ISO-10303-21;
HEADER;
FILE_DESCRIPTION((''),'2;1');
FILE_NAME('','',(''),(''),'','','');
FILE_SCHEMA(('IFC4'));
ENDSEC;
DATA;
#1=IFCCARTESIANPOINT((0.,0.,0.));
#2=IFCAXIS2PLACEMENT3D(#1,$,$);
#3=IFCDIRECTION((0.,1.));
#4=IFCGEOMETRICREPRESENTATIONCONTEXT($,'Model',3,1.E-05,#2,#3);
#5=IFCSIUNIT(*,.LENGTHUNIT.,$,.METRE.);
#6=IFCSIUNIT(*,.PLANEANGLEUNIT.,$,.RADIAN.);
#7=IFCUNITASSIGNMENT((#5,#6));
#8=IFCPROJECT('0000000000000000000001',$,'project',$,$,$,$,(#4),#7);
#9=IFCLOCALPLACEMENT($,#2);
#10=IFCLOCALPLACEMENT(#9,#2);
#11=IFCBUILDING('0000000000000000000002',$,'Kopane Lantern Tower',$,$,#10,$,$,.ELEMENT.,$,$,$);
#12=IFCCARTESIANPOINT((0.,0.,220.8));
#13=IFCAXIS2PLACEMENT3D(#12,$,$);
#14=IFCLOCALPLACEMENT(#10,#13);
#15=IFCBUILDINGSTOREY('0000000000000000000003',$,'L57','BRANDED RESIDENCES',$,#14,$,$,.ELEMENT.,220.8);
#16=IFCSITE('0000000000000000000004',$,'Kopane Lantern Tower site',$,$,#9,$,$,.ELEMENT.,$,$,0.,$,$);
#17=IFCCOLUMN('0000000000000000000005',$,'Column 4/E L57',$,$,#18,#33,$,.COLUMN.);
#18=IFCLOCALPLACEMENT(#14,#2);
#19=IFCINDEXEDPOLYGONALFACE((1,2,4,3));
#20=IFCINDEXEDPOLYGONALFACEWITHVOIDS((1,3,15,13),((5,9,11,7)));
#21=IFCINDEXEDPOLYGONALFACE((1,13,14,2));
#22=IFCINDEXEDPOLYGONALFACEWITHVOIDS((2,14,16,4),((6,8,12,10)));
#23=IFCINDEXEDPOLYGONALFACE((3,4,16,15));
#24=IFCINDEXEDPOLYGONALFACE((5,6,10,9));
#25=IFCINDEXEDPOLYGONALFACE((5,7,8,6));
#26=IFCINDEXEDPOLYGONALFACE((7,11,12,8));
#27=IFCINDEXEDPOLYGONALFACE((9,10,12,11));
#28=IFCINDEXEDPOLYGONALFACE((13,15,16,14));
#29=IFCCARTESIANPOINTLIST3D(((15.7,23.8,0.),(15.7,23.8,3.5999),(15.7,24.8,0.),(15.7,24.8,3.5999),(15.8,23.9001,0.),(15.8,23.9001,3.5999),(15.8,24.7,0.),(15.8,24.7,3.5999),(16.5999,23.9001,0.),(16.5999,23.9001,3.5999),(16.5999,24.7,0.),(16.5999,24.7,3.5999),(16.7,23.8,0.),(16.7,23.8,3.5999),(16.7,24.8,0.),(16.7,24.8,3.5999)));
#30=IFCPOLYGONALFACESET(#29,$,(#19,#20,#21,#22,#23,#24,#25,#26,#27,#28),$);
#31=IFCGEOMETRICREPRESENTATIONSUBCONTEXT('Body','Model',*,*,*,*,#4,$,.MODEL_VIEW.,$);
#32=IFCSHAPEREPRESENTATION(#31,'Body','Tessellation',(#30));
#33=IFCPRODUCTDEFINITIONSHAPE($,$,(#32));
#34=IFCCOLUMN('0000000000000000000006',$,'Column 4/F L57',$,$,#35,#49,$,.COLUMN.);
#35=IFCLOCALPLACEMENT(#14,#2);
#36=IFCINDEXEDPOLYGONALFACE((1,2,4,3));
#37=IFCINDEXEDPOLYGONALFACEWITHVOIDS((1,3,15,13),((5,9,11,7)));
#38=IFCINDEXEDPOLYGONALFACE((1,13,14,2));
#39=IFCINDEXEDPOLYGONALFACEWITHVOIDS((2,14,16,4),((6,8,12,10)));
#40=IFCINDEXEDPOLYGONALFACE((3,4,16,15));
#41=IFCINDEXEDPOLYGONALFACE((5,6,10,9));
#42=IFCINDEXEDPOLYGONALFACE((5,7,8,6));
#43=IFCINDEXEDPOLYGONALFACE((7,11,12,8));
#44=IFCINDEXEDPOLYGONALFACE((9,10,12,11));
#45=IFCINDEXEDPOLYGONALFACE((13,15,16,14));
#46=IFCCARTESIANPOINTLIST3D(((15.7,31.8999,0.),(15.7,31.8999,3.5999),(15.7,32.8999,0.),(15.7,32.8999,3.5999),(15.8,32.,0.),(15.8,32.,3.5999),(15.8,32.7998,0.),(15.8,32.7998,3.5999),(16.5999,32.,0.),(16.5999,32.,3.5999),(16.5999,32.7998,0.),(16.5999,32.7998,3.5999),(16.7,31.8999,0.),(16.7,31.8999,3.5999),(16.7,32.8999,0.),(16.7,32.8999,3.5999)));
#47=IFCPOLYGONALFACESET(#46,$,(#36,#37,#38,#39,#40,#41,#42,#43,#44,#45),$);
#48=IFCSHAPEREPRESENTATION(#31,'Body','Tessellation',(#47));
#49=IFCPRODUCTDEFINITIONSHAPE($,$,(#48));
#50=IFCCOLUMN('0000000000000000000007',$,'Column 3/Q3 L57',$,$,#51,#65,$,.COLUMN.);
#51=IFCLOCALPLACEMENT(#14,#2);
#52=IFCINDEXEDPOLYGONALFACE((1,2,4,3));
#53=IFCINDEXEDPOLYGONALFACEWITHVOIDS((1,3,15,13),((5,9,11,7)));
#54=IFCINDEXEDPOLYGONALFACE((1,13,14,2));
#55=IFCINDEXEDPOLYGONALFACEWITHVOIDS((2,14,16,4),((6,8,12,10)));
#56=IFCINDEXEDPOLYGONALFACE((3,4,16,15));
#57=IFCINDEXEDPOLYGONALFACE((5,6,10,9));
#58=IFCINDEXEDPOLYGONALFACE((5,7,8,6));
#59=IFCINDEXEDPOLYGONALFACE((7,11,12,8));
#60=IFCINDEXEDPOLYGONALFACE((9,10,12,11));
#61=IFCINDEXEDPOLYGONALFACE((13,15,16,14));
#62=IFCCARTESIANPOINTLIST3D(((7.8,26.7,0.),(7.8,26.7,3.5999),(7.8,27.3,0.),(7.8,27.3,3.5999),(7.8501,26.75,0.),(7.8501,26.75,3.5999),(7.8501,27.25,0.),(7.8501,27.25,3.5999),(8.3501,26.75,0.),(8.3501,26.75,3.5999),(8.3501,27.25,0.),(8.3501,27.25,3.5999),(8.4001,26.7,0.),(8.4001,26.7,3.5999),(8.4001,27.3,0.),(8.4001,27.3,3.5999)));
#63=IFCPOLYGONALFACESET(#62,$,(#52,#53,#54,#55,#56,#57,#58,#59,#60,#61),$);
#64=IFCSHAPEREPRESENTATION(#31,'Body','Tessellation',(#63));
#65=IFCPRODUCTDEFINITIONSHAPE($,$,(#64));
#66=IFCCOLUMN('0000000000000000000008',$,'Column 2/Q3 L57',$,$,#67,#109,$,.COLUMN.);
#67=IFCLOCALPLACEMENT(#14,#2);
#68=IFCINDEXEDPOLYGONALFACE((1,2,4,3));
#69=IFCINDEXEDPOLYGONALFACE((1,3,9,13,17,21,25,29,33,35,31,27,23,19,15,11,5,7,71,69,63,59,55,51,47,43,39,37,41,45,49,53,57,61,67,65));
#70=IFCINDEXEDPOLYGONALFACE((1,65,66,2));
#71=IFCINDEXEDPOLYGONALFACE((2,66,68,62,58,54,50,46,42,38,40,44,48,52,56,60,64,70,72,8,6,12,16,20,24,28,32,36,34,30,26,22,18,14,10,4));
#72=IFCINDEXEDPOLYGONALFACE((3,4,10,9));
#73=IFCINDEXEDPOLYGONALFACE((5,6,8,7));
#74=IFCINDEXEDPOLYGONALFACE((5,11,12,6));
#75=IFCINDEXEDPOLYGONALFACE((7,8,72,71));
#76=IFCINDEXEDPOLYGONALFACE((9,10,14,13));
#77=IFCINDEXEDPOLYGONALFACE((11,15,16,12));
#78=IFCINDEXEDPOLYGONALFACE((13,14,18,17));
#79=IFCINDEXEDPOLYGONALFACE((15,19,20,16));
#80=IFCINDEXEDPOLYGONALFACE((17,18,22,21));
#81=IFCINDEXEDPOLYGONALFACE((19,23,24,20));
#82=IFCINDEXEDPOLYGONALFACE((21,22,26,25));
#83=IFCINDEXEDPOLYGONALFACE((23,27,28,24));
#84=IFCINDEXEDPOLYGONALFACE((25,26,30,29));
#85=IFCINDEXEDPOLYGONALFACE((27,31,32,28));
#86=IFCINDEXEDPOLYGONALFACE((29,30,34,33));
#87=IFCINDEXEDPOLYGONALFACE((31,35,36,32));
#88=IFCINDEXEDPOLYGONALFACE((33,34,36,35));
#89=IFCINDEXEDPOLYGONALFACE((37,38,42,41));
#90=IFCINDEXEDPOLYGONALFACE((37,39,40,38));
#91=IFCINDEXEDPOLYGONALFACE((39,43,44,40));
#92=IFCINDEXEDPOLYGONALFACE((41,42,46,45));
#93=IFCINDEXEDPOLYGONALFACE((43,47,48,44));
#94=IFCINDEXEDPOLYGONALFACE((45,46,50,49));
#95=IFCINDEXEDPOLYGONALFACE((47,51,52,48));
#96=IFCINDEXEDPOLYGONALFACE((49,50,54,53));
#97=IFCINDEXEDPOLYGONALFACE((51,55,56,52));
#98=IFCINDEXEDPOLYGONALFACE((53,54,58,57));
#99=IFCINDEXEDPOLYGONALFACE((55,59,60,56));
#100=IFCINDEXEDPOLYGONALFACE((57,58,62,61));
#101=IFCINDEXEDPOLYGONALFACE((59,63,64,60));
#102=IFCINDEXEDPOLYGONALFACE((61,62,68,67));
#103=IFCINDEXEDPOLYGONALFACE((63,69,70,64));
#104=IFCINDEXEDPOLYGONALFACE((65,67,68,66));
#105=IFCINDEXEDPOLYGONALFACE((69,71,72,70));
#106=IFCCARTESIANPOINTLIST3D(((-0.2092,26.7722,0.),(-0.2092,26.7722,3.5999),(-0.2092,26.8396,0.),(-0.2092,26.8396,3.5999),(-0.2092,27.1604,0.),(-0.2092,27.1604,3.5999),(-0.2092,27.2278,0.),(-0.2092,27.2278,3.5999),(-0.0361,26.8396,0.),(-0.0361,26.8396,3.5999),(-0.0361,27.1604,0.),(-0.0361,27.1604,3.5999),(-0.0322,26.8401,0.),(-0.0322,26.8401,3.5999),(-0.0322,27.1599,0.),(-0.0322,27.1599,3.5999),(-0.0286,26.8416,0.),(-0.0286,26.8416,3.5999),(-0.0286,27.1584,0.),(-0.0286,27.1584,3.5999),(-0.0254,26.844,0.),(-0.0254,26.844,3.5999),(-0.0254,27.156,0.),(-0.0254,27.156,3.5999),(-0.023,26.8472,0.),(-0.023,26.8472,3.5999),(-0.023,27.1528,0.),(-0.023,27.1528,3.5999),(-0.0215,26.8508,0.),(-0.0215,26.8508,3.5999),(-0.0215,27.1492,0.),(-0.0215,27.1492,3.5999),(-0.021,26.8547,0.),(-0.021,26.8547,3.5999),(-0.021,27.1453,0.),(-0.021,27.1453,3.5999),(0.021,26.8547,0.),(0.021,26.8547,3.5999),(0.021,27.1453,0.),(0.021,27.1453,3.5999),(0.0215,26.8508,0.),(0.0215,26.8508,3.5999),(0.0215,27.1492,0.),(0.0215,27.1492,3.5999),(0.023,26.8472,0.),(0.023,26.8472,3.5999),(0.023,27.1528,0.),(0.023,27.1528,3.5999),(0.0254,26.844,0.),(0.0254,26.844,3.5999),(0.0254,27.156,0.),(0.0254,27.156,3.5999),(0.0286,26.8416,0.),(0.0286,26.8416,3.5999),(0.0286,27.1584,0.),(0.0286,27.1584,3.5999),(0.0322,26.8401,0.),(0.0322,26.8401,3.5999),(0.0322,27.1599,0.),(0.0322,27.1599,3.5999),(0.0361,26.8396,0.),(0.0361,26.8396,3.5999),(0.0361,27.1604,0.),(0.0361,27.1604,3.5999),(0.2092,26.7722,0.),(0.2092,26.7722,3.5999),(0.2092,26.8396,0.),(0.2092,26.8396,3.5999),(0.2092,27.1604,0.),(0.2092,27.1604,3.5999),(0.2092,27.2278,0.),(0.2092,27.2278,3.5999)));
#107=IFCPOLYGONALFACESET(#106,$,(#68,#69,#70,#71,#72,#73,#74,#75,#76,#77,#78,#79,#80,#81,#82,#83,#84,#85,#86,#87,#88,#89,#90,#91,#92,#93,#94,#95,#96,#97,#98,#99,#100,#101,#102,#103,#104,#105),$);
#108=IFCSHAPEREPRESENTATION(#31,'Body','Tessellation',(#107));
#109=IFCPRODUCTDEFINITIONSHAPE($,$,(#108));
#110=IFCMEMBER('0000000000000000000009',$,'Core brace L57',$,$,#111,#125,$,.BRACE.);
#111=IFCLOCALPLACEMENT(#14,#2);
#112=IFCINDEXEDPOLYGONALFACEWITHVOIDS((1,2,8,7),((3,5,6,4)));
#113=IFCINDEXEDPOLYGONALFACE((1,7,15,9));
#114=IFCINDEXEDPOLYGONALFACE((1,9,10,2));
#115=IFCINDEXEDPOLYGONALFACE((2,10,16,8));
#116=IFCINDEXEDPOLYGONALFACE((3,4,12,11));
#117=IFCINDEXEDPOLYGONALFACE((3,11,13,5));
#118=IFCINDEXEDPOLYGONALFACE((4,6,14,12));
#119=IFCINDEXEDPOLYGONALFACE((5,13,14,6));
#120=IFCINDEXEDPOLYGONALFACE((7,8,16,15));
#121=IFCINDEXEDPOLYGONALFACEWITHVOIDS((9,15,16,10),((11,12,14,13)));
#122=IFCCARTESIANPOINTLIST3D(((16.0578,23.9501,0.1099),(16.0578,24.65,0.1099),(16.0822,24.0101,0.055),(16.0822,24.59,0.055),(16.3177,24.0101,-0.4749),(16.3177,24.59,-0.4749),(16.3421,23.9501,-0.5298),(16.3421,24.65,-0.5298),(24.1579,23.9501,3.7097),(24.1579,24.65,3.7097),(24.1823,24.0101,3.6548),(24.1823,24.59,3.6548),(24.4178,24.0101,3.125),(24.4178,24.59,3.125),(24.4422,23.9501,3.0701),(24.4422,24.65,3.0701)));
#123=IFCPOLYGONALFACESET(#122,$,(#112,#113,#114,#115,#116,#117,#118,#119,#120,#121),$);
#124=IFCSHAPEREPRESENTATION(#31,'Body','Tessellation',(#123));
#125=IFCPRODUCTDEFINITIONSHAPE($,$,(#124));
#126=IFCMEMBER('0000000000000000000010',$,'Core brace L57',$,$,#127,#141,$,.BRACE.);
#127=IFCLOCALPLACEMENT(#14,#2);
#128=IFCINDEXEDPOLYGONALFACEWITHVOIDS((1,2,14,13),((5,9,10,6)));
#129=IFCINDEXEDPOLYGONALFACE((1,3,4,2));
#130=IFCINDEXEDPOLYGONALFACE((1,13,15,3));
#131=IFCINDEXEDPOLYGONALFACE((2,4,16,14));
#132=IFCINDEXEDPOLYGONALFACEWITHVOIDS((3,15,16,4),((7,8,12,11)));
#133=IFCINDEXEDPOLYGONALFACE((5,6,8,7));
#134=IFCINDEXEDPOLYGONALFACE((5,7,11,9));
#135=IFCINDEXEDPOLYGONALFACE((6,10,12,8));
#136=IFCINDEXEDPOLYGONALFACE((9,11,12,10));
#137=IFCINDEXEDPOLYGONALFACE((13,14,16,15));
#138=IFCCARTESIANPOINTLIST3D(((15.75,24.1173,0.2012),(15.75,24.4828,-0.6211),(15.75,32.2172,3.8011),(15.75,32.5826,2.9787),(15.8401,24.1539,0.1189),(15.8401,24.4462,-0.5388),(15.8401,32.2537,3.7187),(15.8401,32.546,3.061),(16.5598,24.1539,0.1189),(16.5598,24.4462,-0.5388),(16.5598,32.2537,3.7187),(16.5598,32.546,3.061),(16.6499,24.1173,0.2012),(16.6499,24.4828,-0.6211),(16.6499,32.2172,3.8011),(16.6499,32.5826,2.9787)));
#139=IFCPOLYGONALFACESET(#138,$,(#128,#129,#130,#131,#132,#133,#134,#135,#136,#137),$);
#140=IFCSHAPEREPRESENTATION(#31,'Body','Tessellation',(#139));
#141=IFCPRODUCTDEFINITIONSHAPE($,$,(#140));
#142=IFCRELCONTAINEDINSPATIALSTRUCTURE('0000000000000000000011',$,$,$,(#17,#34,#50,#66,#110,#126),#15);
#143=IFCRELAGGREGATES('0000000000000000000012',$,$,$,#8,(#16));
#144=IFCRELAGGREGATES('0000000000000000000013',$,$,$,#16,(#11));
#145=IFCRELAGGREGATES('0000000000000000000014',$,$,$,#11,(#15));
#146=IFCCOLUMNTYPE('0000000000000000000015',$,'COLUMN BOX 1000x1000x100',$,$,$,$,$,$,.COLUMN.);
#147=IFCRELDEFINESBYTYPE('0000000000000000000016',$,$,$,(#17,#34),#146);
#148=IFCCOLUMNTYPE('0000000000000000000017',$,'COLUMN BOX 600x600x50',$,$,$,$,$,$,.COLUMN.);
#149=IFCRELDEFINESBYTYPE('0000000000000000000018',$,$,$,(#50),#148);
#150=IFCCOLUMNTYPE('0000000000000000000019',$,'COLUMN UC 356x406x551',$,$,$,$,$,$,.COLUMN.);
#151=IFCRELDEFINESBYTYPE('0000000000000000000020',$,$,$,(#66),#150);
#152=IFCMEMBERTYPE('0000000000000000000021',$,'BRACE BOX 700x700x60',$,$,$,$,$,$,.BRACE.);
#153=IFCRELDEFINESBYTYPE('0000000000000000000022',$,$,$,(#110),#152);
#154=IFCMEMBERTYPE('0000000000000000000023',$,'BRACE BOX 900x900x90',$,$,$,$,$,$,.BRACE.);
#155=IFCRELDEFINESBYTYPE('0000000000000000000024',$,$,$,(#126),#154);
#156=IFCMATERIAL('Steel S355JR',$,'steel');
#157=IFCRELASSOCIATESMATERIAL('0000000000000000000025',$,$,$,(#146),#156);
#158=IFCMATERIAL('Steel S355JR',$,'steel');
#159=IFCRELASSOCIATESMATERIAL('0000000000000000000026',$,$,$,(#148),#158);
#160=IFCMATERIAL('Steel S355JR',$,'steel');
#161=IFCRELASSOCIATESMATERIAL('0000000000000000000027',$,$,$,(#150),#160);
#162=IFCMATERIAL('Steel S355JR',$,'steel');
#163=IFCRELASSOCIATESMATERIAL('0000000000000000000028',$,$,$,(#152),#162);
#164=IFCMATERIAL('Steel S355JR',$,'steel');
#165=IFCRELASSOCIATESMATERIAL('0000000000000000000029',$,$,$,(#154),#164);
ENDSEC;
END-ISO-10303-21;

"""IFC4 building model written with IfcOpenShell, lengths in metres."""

from ifc_helpers import new_model, si_unit, direction, frame, origin, origin_2d, place, context, subcontext, project, spatial, hollow_rectangle, i_section, extrude, material, material_profile, profile_set, type_object, element, save


model = new_model("IFC4")

# Units and contexts
model_context = context("Model", 3, precision=1e-05, world=origin(), true_north=direction((0.0, 1.0)))
body_context = subcontext(model_context, "Body", "Model", "MODEL_VIEW")
ifc_project = project(units=[si_unit("LENGTHUNIT", "METRE"), si_unit("PLANEANGLEUNIT", "RADIAN")], contexts=[model_context])

# Site, building, storey
site_placement = place(None, origin())
site = spatial("IfcSite", under=ifc_project, at=site_placement, Name="Kopane Lantern Tower site", CompositionType="ELEMENT", RefElevation=0.0)
building_placement = place(site_placement, origin())
building = spatial("IfcBuilding", under=site, at=building_placement, Name="Kopane Lantern Tower", CompositionType="ELEMENT")
storey_placement = place(building_placement, frame((0.0, 0.0, 220.8)))
storey = spatial("IfcBuildingStorey", under=building, at=storey_placement, Name="L57", Description="BRANDED RESIDENCES", CompositionType="ELEMENT", Elevation=220.8)

# Columns
ifc_material_1 = material(Name="Steel S355JR", Category="steel")
ifc_material_profile_1 = material_profile(ifc_material_1, hollow_rectangle(XDim=1.0, YDim=1.0, WallThickness=0.1001, at=origin_2d()), Name="BOX 1000x1000x100")
ifc_profile_set_1 = profile_set([ifc_material_profile_1], Name="Steel S355JR")
column_type_1 = type_object("IfcColumnType", Name="COLUMN BOX 1000x1000x100", PredefinedType="COLUMN", material=ifc_profile_set_1)
for number, where, z_axis, x_axis, name in (
    (1, (16.2, 24.3, 0.0), (0.0, 0.0, 1.0), (1.0, 0.0, 0.0), "Column 4/E L57"),
    (2, (16.2, 32.3999, 0.0), (0.0, 0.0, 1.0), (1.0, 0.0, 0.0), "Column 4/F L57"),
):
    element("IfcColumn", number, at=place(storey_placement, frame(where, z_axis=z_axis, x_axis=x_axis)), inside=storey, type_object=column_type_1, Name=name, PredefinedType="COLUMN", context=body_context, shape_type="SweptSolid", body=[
        extrude(hollow_rectangle(XDim=1.0, YDim=1.0, WallThickness=0.1001, at=origin_2d()), origin(), (0.0, 0.0, 1.0), 3.5999),
    ])
ifc_material_2 = material(Name="Steel S355JR", Category="steel")
ifc_material_profile_2 = material_profile(ifc_material_2, hollow_rectangle(XDim=0.6001, YDim=0.6001, WallThickness=0.05, at=origin_2d()), Name="BOX 600x600x50")
ifc_profile_set_2 = profile_set([ifc_material_profile_2], Name="Steel S355JR")
column_type_2 = type_object("IfcColumnType", Name="COLUMN BOX 600x600x50", PredefinedType="COLUMN", material=ifc_profile_set_2)
column_1_placement = place(storey_placement, frame((8.1001, 27.0, 0.0), z_axis=(0.0, 0.0, 1.0), x_axis=(1.0, 0.0, 0.0)))
element("IfcColumn", 3, at=column_1_placement, inside=storey, type_object=column_type_2, Name="Column 3/Q3 L57", PredefinedType="COLUMN", context=body_context, shape_type="SweptSolid", body=[
    extrude(hollow_rectangle(XDim=0.6001, YDim=0.6001, WallThickness=0.05, at=origin_2d()), origin(), (0.0, 0.0, 1.0), 3.5999),
])
ifc_material_3 = material(Name="Steel S355JR", Category="steel")
ifc_material_profile_3 = material_profile(ifc_material_3, i_section(OverallWidth=0.4185, OverallDepth=0.4556, WebThickness=0.042, FlangeThickness=0.0674, FilletRadius=0.0151, at=origin_2d()), Name="UC 356x406x551")
ifc_profile_set_3 = profile_set([ifc_material_profile_3], Name="Steel S355JR")
column_type_3 = type_object("IfcColumnType", Name="COLUMN UC 356x406x551", PredefinedType="COLUMN", material=ifc_profile_set_3)
column_2_placement = place(storey_placement, frame((0.0, 27.0, 0.0), z_axis=(0.0, 0.0, 1.0), x_axis=(1.0, 0.0, 0.0)))
element("IfcColumn", 4, at=column_2_placement, inside=storey, type_object=column_type_3, Name="Column 2/Q3 L57", PredefinedType="COLUMN", context=body_context, shape_type="SweptSolid", body=[
    extrude(i_section(OverallWidth=0.4185, OverallDepth=0.4556, WebThickness=0.042, FlangeThickness=0.0674, FilletRadius=0.0151, at=origin_2d()), origin(), (0.0, 0.0, 1.0), 3.5999),
])

# Members
ifc_material_4 = material(Name="Steel S355JR", Category="steel")
ifc_material_profile_4 = material_profile(ifc_material_4, hollow_rectangle(XDim=0.7, YDim=0.7, WallThickness=0.0601, at=origin_2d()), Name="BOX 700x700x60")
ifc_profile_set_4 = profile_set([ifc_material_profile_4], Name="Steel S355JR")
member_type_1 = type_object("IfcMemberType", Name="BRACE BOX 700x700x60", PredefinedType="BRACE", material=ifc_profile_set_4)
member_1_placement = place(storey_placement, frame((16.2, 24.3, -0.21), z_axis=(0.913819, 0.0, 0.406121), x_axis=(0.0, 1.0, 0.0)))
element("IfcMember", 5, at=member_1_placement, inside=storey, type_object=member_type_1, Name="Core brace L57", PredefinedType="BRACE", context=body_context, shape_type="SweptSolid", body=[
    extrude(hollow_rectangle(XDim=0.7, YDim=0.7, WallThickness=0.0601, at=origin_2d()), origin(), (0.0, 0.0, 1.0), 8.864),
])
ifc_material_5 = material(Name="Steel S355JR", Category="steel")
ifc_material_profile_5 = material_profile(ifc_material_5, hollow_rectangle(XDim=0.8999, YDim=0.8999, WallThickness=0.0901, at=origin_2d()), Name="BOX 900x900x90")
ifc_profile_set_5 = profile_set([ifc_material_profile_5], Name="Steel S355JR")
member_type_2 = type_object("IfcMemberType", Name="BRACE BOX 900x900x90", PredefinedType="BRACE", material=ifc_profile_set_5)
member_2_placement = place(storey_placement, frame((16.2, 24.3, -0.21), z_axis=(0.0, 0.913815, 0.406131), x_axis=(-1.0, 0.0, 0.0)))
element("IfcMember", 6, at=member_2_placement, inside=storey, type_object=member_type_2, Name="Core brace L57", PredefinedType="BRACE", context=body_context, shape_type="SweptSolid", body=[
    extrude(hollow_rectangle(XDim=0.8999, YDim=0.8999, WallThickness=0.0901, at=origin_2d()), origin(), (0.0, 0.0, 1.0), 8.8638),
])

save(model, "model.ifc")
